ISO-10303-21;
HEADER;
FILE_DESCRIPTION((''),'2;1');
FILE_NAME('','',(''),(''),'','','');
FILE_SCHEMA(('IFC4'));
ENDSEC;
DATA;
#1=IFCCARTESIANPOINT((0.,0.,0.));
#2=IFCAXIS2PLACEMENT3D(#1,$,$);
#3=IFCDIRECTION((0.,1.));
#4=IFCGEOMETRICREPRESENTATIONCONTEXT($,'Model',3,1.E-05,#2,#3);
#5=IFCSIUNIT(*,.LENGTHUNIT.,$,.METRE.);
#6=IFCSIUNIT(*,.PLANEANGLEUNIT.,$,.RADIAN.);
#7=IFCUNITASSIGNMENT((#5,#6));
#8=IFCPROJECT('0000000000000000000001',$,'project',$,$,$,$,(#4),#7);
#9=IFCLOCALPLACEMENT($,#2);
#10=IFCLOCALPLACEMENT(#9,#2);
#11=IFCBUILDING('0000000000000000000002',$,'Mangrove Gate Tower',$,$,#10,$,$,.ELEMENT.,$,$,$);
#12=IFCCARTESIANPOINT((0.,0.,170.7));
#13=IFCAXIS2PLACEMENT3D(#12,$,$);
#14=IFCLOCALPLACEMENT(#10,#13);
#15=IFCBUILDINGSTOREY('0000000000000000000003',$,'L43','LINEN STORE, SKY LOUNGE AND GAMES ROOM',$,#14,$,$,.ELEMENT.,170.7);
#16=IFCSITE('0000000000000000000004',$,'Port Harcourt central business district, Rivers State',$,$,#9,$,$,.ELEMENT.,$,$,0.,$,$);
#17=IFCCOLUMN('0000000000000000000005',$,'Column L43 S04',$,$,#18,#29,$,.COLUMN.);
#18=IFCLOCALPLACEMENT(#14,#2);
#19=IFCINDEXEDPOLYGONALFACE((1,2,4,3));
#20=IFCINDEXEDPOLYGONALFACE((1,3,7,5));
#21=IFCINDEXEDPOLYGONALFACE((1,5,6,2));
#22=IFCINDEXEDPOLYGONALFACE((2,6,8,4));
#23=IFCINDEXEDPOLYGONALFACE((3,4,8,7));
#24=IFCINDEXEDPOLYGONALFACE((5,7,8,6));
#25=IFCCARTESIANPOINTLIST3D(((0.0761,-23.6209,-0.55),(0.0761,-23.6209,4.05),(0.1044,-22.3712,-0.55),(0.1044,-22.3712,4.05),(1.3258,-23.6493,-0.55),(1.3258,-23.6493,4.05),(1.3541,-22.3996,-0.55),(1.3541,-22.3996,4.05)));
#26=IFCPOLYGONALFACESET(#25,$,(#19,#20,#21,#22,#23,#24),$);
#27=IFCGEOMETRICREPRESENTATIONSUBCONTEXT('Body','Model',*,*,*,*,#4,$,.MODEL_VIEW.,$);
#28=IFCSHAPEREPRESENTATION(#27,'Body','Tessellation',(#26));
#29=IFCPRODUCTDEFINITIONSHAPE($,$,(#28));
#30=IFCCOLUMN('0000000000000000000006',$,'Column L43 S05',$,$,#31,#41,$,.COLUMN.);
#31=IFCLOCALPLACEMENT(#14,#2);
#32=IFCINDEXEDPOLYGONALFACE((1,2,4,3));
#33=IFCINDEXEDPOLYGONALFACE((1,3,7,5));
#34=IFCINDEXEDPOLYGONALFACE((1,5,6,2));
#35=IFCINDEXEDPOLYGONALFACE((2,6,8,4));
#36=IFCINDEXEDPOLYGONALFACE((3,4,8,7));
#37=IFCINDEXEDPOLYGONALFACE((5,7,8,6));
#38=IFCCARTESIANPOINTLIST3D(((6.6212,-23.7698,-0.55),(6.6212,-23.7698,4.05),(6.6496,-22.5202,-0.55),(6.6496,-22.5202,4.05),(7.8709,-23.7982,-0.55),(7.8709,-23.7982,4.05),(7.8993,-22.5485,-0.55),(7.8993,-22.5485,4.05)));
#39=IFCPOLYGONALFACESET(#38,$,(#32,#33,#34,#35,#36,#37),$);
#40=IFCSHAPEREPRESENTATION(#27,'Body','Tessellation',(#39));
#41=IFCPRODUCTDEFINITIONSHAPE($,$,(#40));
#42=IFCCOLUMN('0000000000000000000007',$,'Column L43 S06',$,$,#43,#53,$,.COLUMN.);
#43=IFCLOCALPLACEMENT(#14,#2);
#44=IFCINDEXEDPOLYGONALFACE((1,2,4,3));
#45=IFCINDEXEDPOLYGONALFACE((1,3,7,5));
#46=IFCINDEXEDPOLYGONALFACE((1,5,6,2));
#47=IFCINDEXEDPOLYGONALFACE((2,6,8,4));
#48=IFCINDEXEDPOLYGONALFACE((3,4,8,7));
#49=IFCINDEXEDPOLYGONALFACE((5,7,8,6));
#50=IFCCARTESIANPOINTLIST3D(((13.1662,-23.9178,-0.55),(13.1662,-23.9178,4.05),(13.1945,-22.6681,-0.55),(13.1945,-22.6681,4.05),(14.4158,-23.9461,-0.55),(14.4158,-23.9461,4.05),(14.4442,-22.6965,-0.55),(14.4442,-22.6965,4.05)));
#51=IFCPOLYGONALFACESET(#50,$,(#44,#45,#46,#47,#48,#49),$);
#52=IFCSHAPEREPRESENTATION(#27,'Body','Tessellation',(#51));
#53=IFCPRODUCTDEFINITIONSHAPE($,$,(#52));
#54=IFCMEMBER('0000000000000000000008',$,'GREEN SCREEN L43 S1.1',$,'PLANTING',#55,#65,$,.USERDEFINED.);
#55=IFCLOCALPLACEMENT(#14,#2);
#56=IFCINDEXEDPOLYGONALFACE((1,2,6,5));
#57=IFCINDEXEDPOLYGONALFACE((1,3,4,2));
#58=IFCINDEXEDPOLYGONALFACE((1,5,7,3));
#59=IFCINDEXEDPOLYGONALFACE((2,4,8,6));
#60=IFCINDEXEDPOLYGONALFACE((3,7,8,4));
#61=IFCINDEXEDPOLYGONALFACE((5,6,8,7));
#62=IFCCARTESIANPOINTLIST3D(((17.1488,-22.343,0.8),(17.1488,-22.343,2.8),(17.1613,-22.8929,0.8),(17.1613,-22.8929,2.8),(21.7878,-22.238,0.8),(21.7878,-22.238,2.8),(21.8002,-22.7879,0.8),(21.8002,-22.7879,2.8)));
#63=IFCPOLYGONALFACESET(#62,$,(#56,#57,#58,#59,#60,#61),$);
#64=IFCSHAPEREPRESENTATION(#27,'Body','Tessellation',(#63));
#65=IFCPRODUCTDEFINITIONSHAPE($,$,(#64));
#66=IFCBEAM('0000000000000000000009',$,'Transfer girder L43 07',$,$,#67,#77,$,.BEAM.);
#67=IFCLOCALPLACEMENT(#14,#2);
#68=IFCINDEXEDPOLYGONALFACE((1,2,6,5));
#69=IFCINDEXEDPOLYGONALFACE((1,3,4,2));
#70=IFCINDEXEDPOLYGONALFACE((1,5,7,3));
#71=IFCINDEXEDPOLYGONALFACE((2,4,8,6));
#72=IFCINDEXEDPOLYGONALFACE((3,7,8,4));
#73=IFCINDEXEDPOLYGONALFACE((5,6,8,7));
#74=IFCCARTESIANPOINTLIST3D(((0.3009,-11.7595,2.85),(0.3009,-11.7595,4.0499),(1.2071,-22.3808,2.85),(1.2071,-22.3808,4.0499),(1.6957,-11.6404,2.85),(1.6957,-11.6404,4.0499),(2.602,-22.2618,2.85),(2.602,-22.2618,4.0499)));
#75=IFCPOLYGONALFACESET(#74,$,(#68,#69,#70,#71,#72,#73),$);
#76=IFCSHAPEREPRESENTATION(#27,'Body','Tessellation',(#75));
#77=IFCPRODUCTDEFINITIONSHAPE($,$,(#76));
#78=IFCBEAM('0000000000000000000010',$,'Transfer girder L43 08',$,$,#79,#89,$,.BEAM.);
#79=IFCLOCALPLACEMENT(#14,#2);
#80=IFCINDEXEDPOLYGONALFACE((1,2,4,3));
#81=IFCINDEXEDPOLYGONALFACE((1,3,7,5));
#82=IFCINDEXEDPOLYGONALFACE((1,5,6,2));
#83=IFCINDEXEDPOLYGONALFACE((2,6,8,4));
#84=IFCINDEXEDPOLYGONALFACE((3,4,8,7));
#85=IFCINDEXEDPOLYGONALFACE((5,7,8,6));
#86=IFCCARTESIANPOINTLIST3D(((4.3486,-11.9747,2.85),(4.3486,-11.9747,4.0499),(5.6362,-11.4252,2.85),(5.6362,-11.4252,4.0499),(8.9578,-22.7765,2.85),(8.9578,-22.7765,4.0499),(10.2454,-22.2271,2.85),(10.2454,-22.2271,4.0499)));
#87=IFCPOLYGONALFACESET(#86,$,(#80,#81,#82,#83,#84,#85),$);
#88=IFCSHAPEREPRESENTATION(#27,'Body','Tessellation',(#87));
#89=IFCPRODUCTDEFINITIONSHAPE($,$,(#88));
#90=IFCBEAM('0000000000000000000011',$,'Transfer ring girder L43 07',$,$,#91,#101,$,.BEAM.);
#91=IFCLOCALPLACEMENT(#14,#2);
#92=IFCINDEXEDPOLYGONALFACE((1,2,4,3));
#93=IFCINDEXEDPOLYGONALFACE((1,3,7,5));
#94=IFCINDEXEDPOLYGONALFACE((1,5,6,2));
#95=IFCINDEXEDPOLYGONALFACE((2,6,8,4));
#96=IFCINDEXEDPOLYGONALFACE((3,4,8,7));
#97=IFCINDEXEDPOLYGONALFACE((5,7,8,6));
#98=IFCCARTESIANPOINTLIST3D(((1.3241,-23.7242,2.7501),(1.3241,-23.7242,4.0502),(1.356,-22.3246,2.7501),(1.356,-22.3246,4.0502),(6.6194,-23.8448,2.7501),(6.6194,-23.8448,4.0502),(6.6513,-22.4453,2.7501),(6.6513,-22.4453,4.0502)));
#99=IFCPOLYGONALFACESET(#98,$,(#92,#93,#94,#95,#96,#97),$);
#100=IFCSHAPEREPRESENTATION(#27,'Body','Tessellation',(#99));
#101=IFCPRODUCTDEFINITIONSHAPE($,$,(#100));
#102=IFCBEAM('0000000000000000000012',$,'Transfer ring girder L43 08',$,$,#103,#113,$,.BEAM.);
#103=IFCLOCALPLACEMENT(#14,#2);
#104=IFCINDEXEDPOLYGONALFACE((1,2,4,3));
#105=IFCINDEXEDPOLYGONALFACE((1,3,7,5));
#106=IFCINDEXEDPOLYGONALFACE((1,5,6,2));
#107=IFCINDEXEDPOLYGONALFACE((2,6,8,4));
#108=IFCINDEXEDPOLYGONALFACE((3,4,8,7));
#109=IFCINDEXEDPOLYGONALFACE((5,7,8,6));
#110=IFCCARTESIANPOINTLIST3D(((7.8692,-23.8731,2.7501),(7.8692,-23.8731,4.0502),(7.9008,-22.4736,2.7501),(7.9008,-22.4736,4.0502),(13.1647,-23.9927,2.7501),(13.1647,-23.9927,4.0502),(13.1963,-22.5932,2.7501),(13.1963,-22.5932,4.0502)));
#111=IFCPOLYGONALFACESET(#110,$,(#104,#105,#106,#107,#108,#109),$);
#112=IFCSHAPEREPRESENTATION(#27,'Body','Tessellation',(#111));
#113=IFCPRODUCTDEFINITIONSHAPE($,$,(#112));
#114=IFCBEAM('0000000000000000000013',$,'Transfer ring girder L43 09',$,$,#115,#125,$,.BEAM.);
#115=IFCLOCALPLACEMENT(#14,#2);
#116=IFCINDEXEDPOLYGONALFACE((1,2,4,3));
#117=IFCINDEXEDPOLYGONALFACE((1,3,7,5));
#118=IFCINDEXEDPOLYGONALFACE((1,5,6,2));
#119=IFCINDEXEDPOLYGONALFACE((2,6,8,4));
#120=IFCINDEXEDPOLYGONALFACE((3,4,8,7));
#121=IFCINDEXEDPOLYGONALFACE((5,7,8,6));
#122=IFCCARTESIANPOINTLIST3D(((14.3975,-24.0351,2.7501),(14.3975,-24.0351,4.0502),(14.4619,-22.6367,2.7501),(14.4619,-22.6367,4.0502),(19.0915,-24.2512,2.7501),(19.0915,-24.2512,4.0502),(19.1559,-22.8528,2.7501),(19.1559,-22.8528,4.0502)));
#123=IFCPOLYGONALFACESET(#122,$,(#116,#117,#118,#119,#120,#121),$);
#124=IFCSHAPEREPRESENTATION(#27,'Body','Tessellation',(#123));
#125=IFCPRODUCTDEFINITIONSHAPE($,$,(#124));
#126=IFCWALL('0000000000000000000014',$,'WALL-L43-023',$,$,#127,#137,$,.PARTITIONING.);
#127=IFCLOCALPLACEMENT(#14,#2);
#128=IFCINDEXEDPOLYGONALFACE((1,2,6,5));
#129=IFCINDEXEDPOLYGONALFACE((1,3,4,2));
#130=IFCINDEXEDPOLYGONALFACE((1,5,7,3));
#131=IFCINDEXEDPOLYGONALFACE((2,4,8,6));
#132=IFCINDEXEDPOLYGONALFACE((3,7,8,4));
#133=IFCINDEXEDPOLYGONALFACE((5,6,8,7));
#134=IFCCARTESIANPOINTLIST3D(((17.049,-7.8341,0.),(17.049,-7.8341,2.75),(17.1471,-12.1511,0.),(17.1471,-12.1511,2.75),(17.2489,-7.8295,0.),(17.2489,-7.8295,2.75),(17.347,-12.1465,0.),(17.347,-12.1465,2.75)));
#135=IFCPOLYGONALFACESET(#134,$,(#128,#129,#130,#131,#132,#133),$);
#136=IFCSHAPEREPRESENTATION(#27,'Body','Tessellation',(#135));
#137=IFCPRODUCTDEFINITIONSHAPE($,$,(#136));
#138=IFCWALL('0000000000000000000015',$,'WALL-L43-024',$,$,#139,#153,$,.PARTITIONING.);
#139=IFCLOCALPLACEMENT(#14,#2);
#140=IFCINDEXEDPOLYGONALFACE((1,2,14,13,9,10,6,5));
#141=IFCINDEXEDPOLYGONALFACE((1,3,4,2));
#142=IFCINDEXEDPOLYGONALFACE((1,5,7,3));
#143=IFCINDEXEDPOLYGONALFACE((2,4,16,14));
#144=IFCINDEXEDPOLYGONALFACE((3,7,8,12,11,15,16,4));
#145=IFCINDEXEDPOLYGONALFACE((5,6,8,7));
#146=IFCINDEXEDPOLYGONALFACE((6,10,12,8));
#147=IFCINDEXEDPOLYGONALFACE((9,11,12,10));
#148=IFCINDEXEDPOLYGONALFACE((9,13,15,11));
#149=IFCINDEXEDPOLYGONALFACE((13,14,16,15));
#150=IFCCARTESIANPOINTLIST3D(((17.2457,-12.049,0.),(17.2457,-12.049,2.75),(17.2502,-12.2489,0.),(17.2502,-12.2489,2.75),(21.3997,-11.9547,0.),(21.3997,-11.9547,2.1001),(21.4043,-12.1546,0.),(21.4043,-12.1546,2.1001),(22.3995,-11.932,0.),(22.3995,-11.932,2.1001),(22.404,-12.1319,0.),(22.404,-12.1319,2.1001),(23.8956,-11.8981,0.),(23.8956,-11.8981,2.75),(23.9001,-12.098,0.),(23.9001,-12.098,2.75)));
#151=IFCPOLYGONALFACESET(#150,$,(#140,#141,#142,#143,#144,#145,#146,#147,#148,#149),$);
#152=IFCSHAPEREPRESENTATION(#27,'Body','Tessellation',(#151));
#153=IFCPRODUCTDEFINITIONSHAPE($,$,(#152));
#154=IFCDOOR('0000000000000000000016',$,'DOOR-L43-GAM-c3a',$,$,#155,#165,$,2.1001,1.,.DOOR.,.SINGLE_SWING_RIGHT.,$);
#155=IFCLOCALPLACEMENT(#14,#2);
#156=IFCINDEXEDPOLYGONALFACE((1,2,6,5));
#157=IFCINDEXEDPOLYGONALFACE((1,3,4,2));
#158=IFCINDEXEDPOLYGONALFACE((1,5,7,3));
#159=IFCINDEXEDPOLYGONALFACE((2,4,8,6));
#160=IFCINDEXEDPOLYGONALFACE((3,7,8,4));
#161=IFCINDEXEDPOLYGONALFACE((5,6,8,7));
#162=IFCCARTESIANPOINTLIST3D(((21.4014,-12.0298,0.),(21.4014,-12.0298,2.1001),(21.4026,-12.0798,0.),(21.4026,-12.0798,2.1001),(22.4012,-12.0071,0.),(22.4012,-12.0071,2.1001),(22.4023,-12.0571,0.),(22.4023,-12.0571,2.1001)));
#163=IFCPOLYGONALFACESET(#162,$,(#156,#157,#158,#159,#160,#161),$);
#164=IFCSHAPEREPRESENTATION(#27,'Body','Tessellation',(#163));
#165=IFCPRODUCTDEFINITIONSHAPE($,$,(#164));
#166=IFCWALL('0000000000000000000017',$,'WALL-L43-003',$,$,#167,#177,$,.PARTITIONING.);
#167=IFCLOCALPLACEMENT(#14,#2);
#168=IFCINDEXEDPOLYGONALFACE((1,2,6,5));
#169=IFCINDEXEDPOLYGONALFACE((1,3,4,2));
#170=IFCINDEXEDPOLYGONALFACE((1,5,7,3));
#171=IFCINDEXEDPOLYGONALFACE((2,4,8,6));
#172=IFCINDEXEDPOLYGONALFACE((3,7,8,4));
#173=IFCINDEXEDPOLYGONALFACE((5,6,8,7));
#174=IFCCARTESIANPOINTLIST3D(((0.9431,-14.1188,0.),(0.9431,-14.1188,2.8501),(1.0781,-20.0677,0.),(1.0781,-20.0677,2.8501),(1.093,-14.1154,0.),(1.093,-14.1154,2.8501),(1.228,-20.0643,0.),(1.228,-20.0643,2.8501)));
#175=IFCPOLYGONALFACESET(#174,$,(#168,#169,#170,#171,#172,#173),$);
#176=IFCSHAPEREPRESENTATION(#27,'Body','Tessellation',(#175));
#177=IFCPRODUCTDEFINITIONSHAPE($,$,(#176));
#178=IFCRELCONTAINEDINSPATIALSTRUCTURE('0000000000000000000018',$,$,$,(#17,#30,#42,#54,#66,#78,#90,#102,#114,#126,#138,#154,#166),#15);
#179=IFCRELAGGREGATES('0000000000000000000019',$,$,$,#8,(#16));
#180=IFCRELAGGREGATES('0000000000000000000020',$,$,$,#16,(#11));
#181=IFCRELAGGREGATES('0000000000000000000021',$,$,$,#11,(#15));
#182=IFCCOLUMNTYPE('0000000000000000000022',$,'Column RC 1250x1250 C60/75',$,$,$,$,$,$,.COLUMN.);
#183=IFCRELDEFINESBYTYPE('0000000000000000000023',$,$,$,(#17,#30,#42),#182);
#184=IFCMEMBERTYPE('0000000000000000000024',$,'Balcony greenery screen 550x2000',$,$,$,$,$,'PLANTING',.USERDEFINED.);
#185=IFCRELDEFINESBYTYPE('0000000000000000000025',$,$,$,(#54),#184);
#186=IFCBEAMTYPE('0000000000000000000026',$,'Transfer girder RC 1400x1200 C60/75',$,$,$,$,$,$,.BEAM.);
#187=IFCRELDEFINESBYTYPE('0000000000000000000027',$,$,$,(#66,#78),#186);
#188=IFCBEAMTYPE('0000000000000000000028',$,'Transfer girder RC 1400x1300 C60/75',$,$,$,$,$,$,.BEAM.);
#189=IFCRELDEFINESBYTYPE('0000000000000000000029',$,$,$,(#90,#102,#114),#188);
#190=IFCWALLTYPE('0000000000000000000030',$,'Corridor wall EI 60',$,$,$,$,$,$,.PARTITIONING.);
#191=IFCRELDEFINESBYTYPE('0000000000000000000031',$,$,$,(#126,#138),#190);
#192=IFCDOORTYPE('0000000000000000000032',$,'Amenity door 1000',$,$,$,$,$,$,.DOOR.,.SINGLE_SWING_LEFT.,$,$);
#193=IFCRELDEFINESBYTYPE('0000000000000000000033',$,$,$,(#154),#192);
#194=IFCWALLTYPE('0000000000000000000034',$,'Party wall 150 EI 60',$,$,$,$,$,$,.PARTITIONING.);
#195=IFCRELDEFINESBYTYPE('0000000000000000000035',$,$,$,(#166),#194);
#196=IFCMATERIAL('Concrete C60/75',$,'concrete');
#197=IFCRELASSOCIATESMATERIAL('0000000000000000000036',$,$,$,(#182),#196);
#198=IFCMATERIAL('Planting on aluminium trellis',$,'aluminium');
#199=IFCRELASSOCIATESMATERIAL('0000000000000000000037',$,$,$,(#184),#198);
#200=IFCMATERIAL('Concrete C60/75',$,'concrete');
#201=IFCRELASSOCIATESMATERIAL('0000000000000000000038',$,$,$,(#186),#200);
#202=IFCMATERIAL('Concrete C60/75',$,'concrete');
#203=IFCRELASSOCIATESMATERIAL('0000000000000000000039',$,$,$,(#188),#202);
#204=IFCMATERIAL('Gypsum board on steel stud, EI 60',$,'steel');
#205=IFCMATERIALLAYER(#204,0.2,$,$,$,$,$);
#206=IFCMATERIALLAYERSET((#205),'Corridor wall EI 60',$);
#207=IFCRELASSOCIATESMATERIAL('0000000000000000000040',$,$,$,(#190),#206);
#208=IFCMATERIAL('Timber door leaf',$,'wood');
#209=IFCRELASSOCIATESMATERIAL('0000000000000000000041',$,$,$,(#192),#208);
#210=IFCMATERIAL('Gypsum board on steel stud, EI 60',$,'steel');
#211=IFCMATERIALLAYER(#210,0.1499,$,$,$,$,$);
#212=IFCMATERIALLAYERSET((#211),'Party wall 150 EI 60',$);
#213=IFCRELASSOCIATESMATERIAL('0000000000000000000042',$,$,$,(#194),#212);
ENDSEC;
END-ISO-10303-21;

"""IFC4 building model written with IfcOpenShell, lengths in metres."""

from ifc_helpers import new_model, si_unit, direction, frame, frame_2d, origin, origin_2d, place, context, subcontext, project, spatial, rectangle, extrude, material, layer, layer_set, material_profile, profile_set, type_object, element, fill, save


model = new_model("IFC4")

# Units and contexts
model_context = context("Model", 3, precision=1e-05, world=origin(), true_north=direction((0.0, 1.0)))
body_context = subcontext(model_context, "Body", "Model", "MODEL_VIEW")
ifc_project = project(units=[si_unit("LENGTHUNIT", "METRE"), si_unit("PLANEANGLEUNIT", "RADIAN")], contexts=[model_context])

# Site, building, storey
site_placement = place(None, origin())
site = spatial("IfcSite", under=ifc_project, at=site_placement, Name="Port Harcourt central business district, Rivers State", CompositionType="ELEMENT", RefElevation=0.0)
building_placement = place(site_placement, origin())
building = spatial("IfcBuilding", under=site, at=building_placement, Name="Mangrove Gate Tower", CompositionType="ELEMENT")
storey_placement = place(building_placement, frame((0.0, 0.0, 170.7)))
storey = spatial("IfcBuildingStorey", under=building, at=storey_placement, Name="L43", Description="LINEN STORE, SKY LOUNGE AND GAMES ROOM", CompositionType="ELEMENT", Elevation=170.7)

# Columns
ifc_material_1 = material(Name="Concrete C60/75", Category="concrete")
ifc_material_profile_1 = material_profile(ifc_material_1, rectangle(XDim=1.25, YDim=1.25, at=origin_2d()))
ifc_profile_set_1 = profile_set([ifc_material_profile_1], Name="Concrete C60/75")
column_type = type_object("IfcColumnType", Name="Column RC 1250x1250 C60/75", PredefinedType="COLUMN", material=ifc_profile_set_1)
for number, where, z_axis, x_axis, name in (
    (1, (0.7151, -23.0103, -0.55), (0.0, 0.0, 1.0), (0.999743, -0.022683, 0.0), "Column L43 S04"),
    (2, (7.2603, -23.1592, -0.55), (0.0, 0.0, 1.0), (0.999743, -0.022683, 0.0), "Column L43 S05"),
    (3, (13.8052, -23.3071, -0.55), (0.0, 0.0, 1.0), (0.999743, -0.022683, 0.0), "Column L43 S06"),
):
    element("IfcColumn", number, at=place(storey_placement, frame(where, z_axis=z_axis, x_axis=x_axis)), inside=storey, type_object=column_type, Name=name, PredefinedType="COLUMN", context=body_context, shape_type="SweptSolid", body=[
        extrude(rectangle(XDim=1.25, YDim=1.25, at=origin_2d()), origin(), (0.0, 0.0, 1.0), 4.6001),
    ])

# Member
ifc_material_2 = material(Name="Planting on aluminium trellis", Category="aluminium")
ifc_material_profile_2 = material_profile(ifc_material_2, rectangle(XDim=0.55, YDim=2.0, at=origin_2d()))
ifc_profile_set_2 = profile_set([ifc_material_profile_2], Name="Planting on aluminium trellis")
member_type = type_object("IfcMemberType", Name="Balcony greenery screen 550x2000", ElementType="PLANTING", PredefinedType="USERDEFINED", material=ifc_profile_set_2)
member_placement = place(storey_placement, frame((17.155, -22.6179, 1.8), z_axis=(0.999744, 0.022625, 0.0), x_axis=(-0.022625, 0.999744, 0.0)))
element("IfcMember", 4, at=member_placement, inside=storey, type_object=member_type, Name="GREEN SCREEN L43 S1.1", ObjectType="PLANTING", PredefinedType="USERDEFINED", context=body_context, shape_type="SweptSolid", body=[
    extrude(rectangle(XDim=0.55, YDim=2.0, at=origin_2d()), origin(), (0.0, 0.0, 1.0), 4.6401),
])

# Beams
ifc_material_3 = material(Name="Concrete C60/75", Category="concrete")
ifc_material_profile_3 = material_profile(ifc_material_3, rectangle(XDim=1.3999, YDim=1.2, at=origin_2d()))
ifc_profile_set_3 = profile_set([ifc_material_profile_3], Name="Concrete C60/75")
beam_type_1 = type_object("IfcBeamType", Name="Transfer girder RC 1400x1200 C60/75", PredefinedType="BEAM", material=ifc_profile_set_3)
beam_1_placement = place(storey_placement, frame((0.9983, -11.7, 3.45), z_axis=(0.085015, -0.99638, 0.0), x_axis=(0.99638, 0.085015, 0.0)))
element("IfcBeam", 5, at=beam_1_placement, inside=storey, type_object=beam_type_1, Name="Transfer girder L43 07", PredefinedType="BEAM", context=body_context, shape_type="SweptSolid", body=[
    extrude(rectangle(XDim=1.3999, YDim=1.2, at=origin_2d()), origin(), (0.0, 0.0, 1.0), 10.6599),
])
beam_2_placement = place(storey_placement, frame((4.9924, -11.7, 3.45), z_axis=(0.392466, -0.919766, 0.0), x_axis=(0.919766, 0.392466, 0.0)))
element("IfcBeam", 6, at=beam_2_placement, inside=storey, type_object=beam_type_1, Name="Transfer girder L43 08", PredefinedType="BEAM", context=body_context, shape_type="SweptSolid", body=[
    extrude(rectangle(XDim=1.3999, YDim=1.2, at=origin_2d()), origin(), (0.0, 0.0, 1.0), 11.7441),
])
ifc_material_4 = material(Name="Concrete C60/75", Category="concrete")
ifc_material_profile_4 = material_profile(ifc_material_4, rectangle(XDim=1.3999, YDim=1.3, at=origin_2d()))
ifc_profile_set_4 = profile_set([ifc_material_profile_4], Name="Concrete C60/75")
beam_type_2 = type_object("IfcBeamType", Name="Transfer girder RC 1400x1300 C60/75", PredefinedType="BEAM", material=ifc_profile_set_4)
beam_3_placement = place(storey_placement, frame((1.3401, -23.0244, 3.4001), z_axis=(0.999741, -0.022771, 0.0), x_axis=(0.022771, 0.999741, 0.0)))
element("IfcBeam", 7, at=beam_3_placement, inside=storey, type_object=beam_type_2, Name="Transfer ring girder L43 07", PredefinedType="BEAM", context=body_context, shape_type="SweptSolid", body=[
    extrude(rectangle(XDim=1.3999, YDim=1.3, at=origin_2d()), origin(), (0.0, 0.0, 1.0), 5.2966),
])
beam_4_placement = place(storey_placement, frame((7.885, -23.1733, 3.4001), z_axis=(0.999745, -0.022585, 0.0), x_axis=(0.022585, 0.999745, 0.0)))
element("IfcBeam", 8, at=beam_4_placement, inside=storey, type_object=beam_type_2, Name="Transfer ring girder L43 08", PredefinedType="BEAM", context=body_context, shape_type="SweptSolid", body=[
    extrude(rectangle(XDim=1.3999, YDim=1.3, at=origin_2d()), origin(), (0.0, 0.0, 1.0), 5.2969),
])
beam_5_placement = place(storey_placement, frame((14.4297, -23.3359, 3.4001), z_axis=(0.998942, -0.04598, 0.0), x_axis=(0.04598, 0.998942, 0.0)))
element("IfcBeam", 9, at=beam_5_placement, inside=storey, type_object=beam_type_2, Name="Transfer ring girder L43 09", PredefinedType="BEAM", context=body_context, shape_type="SweptSolid", body=[
    extrude(rectangle(XDim=1.3999, YDim=1.3, at=origin_2d()), origin(), (0.0, 0.0, 1.0), 4.699),
])

# Wall
ifc_material_5 = material(Name="Gypsum board on steel stud, EI 60", Category="steel")
ifc_layer_1 = layer(ifc_material_5, 0.2)
ifc_layer_set_1 = layer_set([ifc_layer_1], Name="Corridor wall EI 60")
wall_type_1 = type_object("IfcWallType", Name="Corridor wall EI 60", PredefinedType="PARTITIONING", material=ifc_layer_set_1)
wall_1_placement = place(storey_placement, frame((17.2471, -12.1489, 0.0), z_axis=(0.0, 0.0, 1.0), x_axis=(-0.022729, 0.999742, 0.0)))
element("IfcWall", 10, at=wall_1_placement, inside=storey, type_object=wall_type_1, Name="WALL-L43-023", PredefinedType="PARTITIONING", context=body_context, shape_type="SweptSolid", body=[
    extrude(rectangle(XDim=4.3181, YDim=0.2, at=frame_2d((2.1592, 0.0))), origin(), (0.0, 0.0, 1.0), 2.75),
])

# Wall, opening, door
wall_2_placement = place(storey_placement, frame((17.248, -12.1489, 0.0), z_axis=(0.0, 0.0, 1.0), x_axis=(0.999743, 0.022683, 0.0)))
wall_2 = element("IfcWall", 11, at=wall_2_placement, inside=storey, type_object=wall_type_1, Name="WALL-L43-024", PredefinedType="PARTITIONING", context=body_context, shape_type="SweptSolid", body=[
    extrude(rectangle(XDim=6.6516, YDim=0.2, at=frame_2d((3.3257, 0.0))), origin(), (0.0, 0.0, 1.0), 2.75),
])
opening_1_placement = place(wall_2_placement, frame((4.155, 0.0, 0.0)))
opening_1 = element("IfcOpeningElement", 12, at=opening_1_placement, cuts=wall_2, PredefinedType="OPENING", context=body_context, shape_type="SweptSolid", body=[
    extrude(rectangle(XDim=1.0, YDim=2.1001, at=frame_2d((0.5, 1.05))), frame((0.0, 0.1099, 0.0), z_axis=(0.0, -1.0, 0.0), x_axis=(1.0, 0.0, 0.0)), (0.0, 0.0, 1.0), 0.22),
])
ifc_material_6 = material(Name="Timber door leaf", Category="wood")
door_type_1 = type_object("IfcDoorType", Name="Amenity door 1000", OperationType="SINGLE_SWING_LEFT", PredefinedType="DOOR", material=ifc_material_6)
door_1_placement = place(opening_1_placement, origin())
door_1 = element("IfcDoor", 13, at=door_1_placement, inside=storey, type_object=door_type_1, Name="DOOR-L43-GAM-c3a", OperationType="SINGLE_SWING_RIGHT", OverallHeight=2.1001, OverallWidth=1.0, PredefinedType="DOOR", context=body_context, shape_type="SweptSolid", body=[
    extrude(rectangle(XDim=1.0, YDim=2.1001, at=frame_2d((0.5, 1.05))), frame((0.0, 0.0249, 0.0), z_axis=(0.0, -1.0, 0.0), x_axis=(1.0, 0.0, 0.0)), (0.0, 0.0, 1.0), 0.05),
])
fill(opening_1, door_1)

# Wall
ifc_material_7 = material(Name="Gypsum board on steel stud, EI 60", Category="steel")
ifc_layer_2 = layer(ifc_material_7, 0.1499)
ifc_layer_set_2 = layer_set([ifc_layer_2], Name="Party wall 150 EI 60")
wall_type_2 = type_object("IfcWallType", Name="Party wall 150 EI 60", PredefinedType="PARTITIONING", material=ifc_layer_set_2)
wall_3_placement = place(storey_placement, frame((1.1531, -20.0659, 0.0), z_axis=(0.0, 0.0, 1.0), x_axis=(-0.022689, 0.999743, 0.0)))
element("IfcWall", 14, at=wall_3_placement, inside=storey, type_object=wall_type_2, Name="WALL-L43-003", PredefinedType="PARTITIONING", context=body_context, shape_type="SweptSolid", body=[
    extrude(rectangle(XDim=5.9504, YDim=0.1499, at=frame_2d((2.9751, 0.0))), origin(), (0.0, 0.0, 1.0), 2.8501),
])

save(model, "model.ifc")
